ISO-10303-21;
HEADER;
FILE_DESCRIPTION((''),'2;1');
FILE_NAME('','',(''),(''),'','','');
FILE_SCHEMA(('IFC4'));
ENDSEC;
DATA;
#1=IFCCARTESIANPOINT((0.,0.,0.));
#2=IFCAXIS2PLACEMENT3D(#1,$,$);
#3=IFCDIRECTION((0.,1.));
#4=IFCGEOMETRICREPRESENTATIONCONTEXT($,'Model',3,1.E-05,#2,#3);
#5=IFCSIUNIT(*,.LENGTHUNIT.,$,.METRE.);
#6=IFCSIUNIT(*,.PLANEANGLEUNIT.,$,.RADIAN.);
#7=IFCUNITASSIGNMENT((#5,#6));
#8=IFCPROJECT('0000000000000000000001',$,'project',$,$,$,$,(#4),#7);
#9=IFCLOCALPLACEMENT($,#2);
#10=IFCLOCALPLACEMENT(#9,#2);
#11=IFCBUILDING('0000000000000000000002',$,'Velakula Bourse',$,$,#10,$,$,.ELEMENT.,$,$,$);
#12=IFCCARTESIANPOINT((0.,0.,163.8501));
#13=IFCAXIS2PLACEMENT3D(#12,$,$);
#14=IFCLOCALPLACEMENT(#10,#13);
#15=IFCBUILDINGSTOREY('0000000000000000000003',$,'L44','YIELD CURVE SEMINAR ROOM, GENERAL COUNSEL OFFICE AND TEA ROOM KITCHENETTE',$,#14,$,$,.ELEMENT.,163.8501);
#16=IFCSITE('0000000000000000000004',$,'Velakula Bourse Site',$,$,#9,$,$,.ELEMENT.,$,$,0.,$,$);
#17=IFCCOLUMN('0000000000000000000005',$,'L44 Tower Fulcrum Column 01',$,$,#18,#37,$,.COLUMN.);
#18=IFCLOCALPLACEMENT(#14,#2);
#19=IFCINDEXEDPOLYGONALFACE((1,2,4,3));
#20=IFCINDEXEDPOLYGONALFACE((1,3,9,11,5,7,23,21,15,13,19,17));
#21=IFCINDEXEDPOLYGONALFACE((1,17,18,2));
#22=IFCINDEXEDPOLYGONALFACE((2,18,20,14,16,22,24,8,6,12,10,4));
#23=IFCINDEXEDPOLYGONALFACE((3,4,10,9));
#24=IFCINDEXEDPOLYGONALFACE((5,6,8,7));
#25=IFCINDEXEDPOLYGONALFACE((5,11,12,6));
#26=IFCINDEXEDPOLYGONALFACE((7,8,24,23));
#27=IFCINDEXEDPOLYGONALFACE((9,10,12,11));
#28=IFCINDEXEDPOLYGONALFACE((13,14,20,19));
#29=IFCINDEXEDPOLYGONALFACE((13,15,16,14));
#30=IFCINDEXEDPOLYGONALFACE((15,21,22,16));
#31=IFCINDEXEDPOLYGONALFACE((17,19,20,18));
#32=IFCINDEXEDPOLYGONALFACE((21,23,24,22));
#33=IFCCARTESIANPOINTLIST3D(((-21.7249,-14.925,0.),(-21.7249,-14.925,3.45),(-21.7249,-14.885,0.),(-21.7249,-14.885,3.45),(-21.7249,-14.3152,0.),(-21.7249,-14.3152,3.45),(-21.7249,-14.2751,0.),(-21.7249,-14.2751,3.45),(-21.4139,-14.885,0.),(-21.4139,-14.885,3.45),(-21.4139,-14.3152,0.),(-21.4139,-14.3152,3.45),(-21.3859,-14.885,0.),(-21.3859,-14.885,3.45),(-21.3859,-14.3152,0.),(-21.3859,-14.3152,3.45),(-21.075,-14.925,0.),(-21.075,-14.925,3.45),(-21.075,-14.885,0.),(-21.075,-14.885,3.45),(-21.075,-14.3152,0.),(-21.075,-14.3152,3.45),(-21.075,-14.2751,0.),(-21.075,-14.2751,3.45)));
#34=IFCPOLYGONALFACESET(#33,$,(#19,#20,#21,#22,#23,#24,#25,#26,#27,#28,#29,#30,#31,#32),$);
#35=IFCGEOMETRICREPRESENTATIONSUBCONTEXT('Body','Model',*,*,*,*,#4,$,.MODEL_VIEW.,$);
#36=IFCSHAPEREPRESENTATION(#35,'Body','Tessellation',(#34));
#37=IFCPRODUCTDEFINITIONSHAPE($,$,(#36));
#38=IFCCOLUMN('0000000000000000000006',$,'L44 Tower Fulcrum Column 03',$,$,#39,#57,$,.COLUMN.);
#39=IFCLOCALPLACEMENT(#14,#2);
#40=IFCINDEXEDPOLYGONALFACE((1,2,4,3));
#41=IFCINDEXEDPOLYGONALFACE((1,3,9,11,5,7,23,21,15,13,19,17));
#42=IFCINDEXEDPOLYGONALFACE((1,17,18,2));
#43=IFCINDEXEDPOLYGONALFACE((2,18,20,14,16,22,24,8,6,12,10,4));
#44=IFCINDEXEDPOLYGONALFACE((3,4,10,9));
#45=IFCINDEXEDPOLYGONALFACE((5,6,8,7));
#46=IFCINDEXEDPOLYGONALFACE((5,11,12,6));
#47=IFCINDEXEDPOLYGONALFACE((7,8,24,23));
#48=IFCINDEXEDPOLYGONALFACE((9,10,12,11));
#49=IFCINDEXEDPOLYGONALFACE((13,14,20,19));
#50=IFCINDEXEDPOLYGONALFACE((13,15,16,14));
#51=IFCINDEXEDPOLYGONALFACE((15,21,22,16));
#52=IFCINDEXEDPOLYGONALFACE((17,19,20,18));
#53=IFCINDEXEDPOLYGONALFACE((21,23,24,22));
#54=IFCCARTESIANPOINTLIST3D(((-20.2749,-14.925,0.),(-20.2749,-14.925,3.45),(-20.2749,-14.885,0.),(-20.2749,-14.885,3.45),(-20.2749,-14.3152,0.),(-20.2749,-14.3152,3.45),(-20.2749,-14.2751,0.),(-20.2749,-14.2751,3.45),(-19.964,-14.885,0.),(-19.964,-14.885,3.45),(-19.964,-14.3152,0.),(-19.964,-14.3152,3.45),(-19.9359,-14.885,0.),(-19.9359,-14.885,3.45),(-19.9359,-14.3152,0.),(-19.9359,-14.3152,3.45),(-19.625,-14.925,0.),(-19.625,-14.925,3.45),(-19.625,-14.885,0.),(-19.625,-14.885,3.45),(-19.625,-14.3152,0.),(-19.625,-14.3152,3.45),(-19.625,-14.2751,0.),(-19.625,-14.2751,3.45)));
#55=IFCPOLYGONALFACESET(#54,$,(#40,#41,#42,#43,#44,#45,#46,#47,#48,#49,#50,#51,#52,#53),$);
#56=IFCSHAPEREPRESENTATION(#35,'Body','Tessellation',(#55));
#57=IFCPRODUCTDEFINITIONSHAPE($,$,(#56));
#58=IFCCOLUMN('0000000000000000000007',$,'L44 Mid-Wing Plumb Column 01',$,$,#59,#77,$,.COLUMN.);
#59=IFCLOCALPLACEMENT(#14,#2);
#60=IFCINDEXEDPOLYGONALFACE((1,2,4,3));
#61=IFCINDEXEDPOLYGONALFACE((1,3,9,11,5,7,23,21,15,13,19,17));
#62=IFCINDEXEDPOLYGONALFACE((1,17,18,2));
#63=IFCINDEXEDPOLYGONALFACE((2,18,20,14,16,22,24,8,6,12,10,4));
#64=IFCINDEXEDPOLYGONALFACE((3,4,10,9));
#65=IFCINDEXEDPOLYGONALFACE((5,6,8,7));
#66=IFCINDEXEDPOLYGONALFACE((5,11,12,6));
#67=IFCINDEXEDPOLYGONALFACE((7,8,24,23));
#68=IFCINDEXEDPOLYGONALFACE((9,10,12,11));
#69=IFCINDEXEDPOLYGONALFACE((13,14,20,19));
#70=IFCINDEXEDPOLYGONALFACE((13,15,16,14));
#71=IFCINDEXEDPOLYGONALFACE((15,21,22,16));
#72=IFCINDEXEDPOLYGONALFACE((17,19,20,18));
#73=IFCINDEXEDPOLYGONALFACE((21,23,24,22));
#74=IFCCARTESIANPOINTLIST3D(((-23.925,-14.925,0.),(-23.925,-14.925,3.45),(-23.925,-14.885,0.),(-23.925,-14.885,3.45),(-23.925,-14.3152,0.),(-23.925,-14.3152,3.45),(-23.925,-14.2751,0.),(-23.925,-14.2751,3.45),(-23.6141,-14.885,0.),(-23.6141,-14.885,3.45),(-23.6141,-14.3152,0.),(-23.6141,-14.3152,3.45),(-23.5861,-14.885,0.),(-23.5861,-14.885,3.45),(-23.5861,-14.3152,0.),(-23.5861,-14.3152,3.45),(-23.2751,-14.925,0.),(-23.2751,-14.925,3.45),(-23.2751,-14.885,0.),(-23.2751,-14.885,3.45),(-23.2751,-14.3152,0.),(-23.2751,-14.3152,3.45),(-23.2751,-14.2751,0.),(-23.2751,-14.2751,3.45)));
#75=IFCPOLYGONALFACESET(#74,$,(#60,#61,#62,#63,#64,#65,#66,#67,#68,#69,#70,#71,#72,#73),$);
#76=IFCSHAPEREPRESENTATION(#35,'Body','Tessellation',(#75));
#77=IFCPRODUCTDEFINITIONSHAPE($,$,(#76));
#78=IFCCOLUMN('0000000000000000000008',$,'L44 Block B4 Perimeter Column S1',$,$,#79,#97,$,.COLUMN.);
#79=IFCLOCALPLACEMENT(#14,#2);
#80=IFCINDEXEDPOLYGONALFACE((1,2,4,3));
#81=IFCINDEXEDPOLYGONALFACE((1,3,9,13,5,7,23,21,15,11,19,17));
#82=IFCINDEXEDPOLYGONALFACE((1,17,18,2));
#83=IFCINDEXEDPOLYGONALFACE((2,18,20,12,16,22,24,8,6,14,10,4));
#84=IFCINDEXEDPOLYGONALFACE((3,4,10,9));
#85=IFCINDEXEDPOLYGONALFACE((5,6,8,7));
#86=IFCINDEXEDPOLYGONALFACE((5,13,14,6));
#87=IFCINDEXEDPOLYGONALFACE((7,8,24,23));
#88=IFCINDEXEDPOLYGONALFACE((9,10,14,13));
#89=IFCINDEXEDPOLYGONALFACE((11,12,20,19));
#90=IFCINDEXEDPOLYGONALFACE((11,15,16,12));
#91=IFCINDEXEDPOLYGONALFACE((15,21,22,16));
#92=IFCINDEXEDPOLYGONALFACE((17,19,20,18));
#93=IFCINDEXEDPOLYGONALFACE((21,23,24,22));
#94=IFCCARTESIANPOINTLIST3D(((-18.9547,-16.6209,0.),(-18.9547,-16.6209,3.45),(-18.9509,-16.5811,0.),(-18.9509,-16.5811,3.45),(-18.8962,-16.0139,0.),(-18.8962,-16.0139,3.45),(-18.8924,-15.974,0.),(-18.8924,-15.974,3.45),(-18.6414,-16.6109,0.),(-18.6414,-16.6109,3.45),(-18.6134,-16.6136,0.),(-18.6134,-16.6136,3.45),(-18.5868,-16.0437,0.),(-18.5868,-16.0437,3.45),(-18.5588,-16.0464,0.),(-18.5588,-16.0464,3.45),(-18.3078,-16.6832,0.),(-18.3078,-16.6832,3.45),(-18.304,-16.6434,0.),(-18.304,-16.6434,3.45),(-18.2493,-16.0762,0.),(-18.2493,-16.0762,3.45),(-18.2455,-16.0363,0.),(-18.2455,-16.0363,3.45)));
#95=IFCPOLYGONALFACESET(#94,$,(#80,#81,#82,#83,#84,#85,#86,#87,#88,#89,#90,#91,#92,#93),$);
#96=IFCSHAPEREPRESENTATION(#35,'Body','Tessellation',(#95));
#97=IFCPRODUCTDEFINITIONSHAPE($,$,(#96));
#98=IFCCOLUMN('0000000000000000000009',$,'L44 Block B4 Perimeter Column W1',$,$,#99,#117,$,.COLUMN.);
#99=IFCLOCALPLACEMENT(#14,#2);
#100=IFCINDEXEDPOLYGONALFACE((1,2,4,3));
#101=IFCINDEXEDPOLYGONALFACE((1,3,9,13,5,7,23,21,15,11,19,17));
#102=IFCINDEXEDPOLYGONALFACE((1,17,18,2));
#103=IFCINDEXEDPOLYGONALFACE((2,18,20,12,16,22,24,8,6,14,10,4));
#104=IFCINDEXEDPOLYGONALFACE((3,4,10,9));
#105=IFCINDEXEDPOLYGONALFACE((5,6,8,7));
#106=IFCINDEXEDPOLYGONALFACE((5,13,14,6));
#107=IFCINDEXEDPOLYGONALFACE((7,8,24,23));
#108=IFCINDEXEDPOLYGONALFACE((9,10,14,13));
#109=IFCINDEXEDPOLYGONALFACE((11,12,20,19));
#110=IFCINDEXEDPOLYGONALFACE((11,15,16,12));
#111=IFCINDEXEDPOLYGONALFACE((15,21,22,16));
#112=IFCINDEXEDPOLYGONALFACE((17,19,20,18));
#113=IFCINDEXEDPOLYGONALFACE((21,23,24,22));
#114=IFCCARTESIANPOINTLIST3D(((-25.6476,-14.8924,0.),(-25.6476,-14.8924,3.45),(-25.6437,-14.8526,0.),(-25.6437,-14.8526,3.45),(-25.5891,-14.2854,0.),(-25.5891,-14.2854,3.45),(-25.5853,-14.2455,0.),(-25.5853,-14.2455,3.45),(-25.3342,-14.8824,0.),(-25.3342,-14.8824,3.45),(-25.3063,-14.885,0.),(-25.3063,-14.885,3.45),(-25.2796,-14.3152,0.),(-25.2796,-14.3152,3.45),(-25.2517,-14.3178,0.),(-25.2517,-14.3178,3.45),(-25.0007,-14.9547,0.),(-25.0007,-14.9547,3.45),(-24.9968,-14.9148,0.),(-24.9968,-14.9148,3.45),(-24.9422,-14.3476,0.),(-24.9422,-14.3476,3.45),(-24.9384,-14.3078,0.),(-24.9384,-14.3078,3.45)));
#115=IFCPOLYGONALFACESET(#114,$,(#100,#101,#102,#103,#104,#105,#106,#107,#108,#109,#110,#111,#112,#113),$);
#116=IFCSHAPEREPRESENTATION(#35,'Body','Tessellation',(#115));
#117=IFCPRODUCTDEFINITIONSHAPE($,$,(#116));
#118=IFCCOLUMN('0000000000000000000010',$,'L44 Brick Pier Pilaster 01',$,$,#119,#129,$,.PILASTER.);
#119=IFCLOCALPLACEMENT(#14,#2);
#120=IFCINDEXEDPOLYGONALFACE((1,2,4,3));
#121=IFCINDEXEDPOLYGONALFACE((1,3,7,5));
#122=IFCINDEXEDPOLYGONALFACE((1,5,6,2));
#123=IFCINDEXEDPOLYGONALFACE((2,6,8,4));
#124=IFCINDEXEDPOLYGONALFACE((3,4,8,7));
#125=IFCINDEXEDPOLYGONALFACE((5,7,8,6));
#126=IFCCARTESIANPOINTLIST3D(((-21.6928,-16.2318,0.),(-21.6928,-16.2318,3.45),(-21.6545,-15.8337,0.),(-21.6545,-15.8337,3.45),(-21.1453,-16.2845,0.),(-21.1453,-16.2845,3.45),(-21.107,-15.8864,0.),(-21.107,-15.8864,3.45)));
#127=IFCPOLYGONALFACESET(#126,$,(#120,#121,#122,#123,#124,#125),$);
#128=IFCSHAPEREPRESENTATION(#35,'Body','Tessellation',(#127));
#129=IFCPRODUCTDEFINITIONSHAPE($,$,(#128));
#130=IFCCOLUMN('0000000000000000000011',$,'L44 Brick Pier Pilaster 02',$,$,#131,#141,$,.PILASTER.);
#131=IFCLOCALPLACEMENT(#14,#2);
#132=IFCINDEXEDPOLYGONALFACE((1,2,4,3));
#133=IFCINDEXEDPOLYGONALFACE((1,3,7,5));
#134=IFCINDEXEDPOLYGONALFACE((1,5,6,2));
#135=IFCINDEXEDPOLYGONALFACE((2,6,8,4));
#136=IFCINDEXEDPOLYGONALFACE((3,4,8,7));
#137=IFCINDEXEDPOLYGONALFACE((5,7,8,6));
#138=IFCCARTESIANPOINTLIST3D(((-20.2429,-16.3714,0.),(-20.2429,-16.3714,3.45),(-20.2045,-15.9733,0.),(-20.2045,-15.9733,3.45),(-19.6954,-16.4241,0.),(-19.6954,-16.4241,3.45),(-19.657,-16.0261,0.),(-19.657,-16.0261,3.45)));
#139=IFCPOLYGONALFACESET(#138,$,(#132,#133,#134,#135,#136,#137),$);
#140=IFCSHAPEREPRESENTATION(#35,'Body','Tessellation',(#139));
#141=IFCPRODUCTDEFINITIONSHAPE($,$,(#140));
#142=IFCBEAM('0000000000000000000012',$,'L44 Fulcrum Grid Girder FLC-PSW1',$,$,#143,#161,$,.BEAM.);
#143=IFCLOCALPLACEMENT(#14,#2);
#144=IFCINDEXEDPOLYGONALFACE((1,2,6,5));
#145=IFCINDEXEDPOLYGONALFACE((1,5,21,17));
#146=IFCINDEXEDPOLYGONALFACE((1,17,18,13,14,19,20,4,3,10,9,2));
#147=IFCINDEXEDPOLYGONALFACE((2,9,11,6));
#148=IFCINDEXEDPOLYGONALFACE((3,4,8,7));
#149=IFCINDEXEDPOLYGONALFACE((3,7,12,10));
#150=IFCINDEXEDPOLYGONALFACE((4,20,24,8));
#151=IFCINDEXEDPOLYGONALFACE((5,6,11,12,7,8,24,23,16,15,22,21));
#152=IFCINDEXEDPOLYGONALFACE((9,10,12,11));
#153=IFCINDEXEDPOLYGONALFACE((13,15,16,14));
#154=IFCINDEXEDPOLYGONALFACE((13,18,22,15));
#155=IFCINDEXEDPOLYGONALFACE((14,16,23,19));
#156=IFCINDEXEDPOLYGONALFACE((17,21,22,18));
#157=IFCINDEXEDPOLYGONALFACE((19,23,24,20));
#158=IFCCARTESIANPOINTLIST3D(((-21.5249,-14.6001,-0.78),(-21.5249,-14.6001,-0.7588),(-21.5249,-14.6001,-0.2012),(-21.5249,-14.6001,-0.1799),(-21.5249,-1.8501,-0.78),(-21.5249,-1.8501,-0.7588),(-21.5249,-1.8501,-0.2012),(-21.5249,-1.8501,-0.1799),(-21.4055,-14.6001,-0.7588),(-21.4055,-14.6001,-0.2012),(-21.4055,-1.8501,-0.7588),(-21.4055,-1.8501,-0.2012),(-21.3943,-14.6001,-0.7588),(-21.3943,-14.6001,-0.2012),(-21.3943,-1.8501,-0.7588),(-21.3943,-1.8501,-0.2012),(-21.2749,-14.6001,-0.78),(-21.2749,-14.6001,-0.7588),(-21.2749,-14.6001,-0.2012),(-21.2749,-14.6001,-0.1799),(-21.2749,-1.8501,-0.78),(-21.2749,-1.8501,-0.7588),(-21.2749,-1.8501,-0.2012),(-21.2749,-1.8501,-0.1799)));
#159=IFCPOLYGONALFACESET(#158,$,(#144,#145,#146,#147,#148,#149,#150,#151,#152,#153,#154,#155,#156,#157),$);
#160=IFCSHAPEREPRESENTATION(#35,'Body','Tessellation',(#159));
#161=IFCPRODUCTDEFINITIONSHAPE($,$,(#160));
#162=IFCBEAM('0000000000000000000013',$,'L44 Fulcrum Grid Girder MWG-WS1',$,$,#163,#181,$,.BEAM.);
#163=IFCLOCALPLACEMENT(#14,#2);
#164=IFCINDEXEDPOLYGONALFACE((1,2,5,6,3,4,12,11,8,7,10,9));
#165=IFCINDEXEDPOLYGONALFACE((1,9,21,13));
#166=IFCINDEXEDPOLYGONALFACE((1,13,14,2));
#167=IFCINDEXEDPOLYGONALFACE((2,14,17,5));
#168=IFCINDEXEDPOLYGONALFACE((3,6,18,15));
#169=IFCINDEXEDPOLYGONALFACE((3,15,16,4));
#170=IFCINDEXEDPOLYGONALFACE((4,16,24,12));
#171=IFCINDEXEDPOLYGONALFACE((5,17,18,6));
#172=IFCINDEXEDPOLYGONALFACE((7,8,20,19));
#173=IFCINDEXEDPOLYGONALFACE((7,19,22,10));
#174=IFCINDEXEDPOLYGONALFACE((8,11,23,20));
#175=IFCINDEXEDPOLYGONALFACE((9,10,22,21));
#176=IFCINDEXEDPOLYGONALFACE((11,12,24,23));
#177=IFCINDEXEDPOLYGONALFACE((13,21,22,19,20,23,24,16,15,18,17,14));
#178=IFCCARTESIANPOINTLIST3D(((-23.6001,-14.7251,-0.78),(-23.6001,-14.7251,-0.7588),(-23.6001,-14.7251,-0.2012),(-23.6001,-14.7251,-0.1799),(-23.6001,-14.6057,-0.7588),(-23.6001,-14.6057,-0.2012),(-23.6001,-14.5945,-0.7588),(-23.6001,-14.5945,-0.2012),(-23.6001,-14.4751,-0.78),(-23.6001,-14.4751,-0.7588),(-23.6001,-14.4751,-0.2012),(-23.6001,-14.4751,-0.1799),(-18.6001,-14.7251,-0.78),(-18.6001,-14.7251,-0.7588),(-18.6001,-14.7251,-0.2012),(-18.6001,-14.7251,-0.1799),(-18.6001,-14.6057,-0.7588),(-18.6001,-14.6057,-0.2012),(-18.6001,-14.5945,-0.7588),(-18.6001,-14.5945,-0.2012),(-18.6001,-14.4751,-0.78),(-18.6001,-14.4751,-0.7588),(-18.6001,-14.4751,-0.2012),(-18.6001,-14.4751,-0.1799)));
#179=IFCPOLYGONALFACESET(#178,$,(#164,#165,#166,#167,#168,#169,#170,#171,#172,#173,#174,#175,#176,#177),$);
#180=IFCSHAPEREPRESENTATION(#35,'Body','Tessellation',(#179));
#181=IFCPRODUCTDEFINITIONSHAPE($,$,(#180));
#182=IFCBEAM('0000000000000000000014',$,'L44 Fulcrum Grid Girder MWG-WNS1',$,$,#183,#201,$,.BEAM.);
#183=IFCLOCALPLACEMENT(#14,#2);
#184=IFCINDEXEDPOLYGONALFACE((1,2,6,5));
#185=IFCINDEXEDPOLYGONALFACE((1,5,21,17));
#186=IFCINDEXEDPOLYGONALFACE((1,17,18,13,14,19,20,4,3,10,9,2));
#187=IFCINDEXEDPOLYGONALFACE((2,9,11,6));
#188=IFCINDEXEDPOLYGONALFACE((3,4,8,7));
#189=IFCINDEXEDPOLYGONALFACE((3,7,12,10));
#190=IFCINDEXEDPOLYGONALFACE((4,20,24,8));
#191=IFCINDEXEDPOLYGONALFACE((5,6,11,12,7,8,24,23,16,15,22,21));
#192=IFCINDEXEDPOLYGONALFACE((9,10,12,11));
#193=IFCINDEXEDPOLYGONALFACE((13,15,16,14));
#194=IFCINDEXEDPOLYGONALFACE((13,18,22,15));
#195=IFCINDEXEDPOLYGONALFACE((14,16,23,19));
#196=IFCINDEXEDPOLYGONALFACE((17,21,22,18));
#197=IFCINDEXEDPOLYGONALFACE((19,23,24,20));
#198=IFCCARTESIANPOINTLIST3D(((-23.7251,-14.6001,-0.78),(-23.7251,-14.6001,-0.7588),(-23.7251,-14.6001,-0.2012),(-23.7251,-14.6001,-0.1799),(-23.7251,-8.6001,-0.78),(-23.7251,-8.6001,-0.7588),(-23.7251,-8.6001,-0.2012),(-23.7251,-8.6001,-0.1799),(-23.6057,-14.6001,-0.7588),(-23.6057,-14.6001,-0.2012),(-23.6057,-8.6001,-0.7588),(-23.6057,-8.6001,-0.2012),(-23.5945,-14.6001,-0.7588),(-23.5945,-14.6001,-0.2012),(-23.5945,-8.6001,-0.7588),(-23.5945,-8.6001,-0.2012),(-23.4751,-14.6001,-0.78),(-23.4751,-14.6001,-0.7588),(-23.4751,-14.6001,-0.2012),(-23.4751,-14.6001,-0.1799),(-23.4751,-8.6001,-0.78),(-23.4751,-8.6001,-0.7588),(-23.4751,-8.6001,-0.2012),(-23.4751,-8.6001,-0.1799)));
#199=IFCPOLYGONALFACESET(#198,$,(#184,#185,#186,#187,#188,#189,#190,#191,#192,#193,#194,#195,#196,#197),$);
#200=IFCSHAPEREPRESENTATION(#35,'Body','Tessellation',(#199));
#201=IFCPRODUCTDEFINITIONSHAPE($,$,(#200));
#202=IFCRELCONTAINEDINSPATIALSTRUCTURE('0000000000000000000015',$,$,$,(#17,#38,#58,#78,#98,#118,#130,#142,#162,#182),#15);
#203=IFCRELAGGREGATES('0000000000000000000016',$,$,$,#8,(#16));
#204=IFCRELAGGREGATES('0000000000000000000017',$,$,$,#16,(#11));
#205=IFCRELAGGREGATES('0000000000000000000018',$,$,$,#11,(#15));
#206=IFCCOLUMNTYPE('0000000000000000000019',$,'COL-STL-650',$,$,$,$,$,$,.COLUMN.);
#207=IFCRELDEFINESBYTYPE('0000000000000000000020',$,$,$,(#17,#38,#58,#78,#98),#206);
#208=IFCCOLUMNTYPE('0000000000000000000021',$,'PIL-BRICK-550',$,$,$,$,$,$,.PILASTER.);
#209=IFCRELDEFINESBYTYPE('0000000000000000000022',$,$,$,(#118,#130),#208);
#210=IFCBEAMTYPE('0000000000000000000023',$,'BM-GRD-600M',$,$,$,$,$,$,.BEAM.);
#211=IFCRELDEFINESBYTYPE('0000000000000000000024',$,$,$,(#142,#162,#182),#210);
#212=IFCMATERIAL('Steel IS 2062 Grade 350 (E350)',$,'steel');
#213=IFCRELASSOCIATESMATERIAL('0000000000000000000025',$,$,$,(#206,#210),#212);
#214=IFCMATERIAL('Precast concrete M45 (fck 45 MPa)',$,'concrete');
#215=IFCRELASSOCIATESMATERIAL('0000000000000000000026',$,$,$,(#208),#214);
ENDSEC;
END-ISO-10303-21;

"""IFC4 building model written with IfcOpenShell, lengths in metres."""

from ifc_helpers import new_model, si_unit, direction, frame, origin, origin_2d, place, context, subcontext, project, spatial, rectangle, i_section, extrude, material, material_profile, profile_set, type_object, element, save


model = new_model("IFC4")

# Units and contexts
model_context = context("Model", 3, precision=1e-05, world=origin(), true_north=direction((0.0, 1.0)))
body_context = subcontext(model_context, "Body", "Model", "MODEL_VIEW")
ifc_project = project(units=[si_unit("LENGTHUNIT", "METRE"), si_unit("PLANEANGLEUNIT", "RADIAN")], contexts=[model_context])

# Site, building, storey
site_placement = place(None, origin())
site = spatial("IfcSite", under=ifc_project, at=site_placement, Name="Velakula Bourse Site", CompositionType="ELEMENT", RefElevation=0.0)
building_placement = place(site_placement, origin())
building = spatial("IfcBuilding", under=site, at=building_placement, Name="Velakula Bourse", CompositionType="ELEMENT")
storey_placement = place(building_placement, frame((0.0, 0.0, 163.8501)))
storey = spatial("IfcBuildingStorey", under=building, at=storey_placement, Name="L44", Description="YIELD CURVE SEMINAR ROOM, GENERAL COUNSEL OFFICE AND TEA ROOM KITCHENETTE", CompositionType="ELEMENT", Elevation=163.8501)

# Columns
ifc_material_1 = material(Name="Steel IS 2062 Grade 350 (E350)", Category="steel")
ifc_material_profile_1 = material_profile(ifc_material_1, i_section(OverallWidth=0.6499, OverallDepth=0.6499, WebThickness=0.0281, FlangeThickness=0.04, at=origin_2d()), Name="Steel IS 2062 Grade 350 (E350)")
ifc_profile_set_1 = profile_set([ifc_material_profile_1], Name="Steel IS 2062 Grade 350 (E350)")
column_type_1 = type_object("IfcColumnType", Name="COL-STL-650", PredefinedType="COLUMN", material=ifc_profile_set_1)
for number, where, z_axis, x_axis, name in (
    (1, (-21.3999, -14.6001, 0.0), (0.0, 0.0, 1.0), (1.0, 0.0, 0.0), "L44 Tower Fulcrum Column 01"),
    (2, (-19.95, -14.6001, 0.0), (0.0, 0.0, 1.0), (1.0, 0.0, 0.0), "L44 Tower Fulcrum Column 03"),
    (3, (-23.6001, -14.6001, 0.0), (0.0, 0.0, 1.0), (1.0, 0.0, 0.0), "L44 Mid-Wing Plumb Column 01"),
    (4, (-18.6001, -16.3286, 0.0), (0.0, 0.0, 1.0), (0.995396, -0.095846, 0.0), "L44 Block B4 Perimeter Column S1"),
    (5, (-25.293, -14.6001, 0.0), (0.0, 0.0, 1.0), (0.995396, -0.095846, 0.0), "L44 Block B4 Perimeter Column W1"),
):
    element("IfcColumn", number, at=place(storey_placement, frame(where, z_axis=z_axis, x_axis=x_axis)), inside=storey, type_object=column_type_1, Name=name, PredefinedType="COLUMN", context=body_context, shape_type="SweptSolid", body=[
        extrude(i_section(OverallWidth=0.6499, OverallDepth=0.6499, WebThickness=0.0281, FlangeThickness=0.04, at=origin_2d()), origin(), (0.0, 0.0, 1.0), 3.45),
    ])
ifc_material_2 = material(Name="Precast concrete M45 (fck 45 MPa)", Category="concrete")
ifc_material_profile_2 = material_profile(ifc_material_2, rectangle(XDim=0.55, YDim=0.3999, at=origin_2d()), Name="Precast concrete M45 (fck 45 MPa)")
ifc_profile_set_2 = profile_set([ifc_material_profile_2], Name="Precast concrete M45 (fck 45 MPa)")
column_type_2 = type_object("IfcColumnType", Name="PIL-BRICK-550", PredefinedType="PILASTER", material=ifc_profile_set_2)
for number, where, z_axis, x_axis, name in (
    (6, (-21.3999, -16.0591, 0.0), (0.0, 0.0, 1.0), (0.995396, -0.095846, 0.0), "L44 Brick Pier Pilaster 01"),
    (7, (-19.95, -16.1987, 0.0), (0.0, 0.0, 1.0), (0.995396, -0.095846, 0.0), "L44 Brick Pier Pilaster 02"),
):
    element("IfcColumn", number, at=place(storey_placement, frame(where, z_axis=z_axis, x_axis=x_axis)), inside=storey, type_object=column_type_2, Name=name, PredefinedType="PILASTER", context=body_context, shape_type="SweptSolid", body=[
        extrude(rectangle(XDim=0.55, YDim=0.3999, at=origin_2d()), origin(), (0.0, 0.0, 1.0), 3.45),
    ])

# Beams
ifc_material_profile_3 = material_profile(ifc_material_1, i_section(OverallWidth=0.25, OverallDepth=0.6001, WebThickness=0.0112, FlangeThickness=0.0212, at=origin_2d()), Name="Steel IS 2062 Grade 350 (E350)")
ifc_profile_set_3 = profile_set([ifc_material_profile_3], Name="Steel IS 2062 Grade 350 (E350)")
beam_type_1 = type_object("IfcBeamType", Name="BM-GRD-600M", PredefinedType="BEAM", material=ifc_profile_set_3)
beam_1_placement = place(storey_placement, frame((-21.3999, -14.6001, -0.48), z_axis=(0.0, 1.0, 0.0), x_axis=(-1.0, 0.0, 0.0)))
element("IfcBeam", 8, at=beam_1_placement, inside=storey, type_object=beam_type_1, Name="L44 Fulcrum Grid Girder FLC-PSW1", PredefinedType="BEAM", context=body_context, shape_type="SweptSolid", body=[
    extrude(i_section(OverallWidth=0.25, OverallDepth=0.6001, WebThickness=0.0112, FlangeThickness=0.0212, at=origin_2d()), origin(), (0.0, 0.0, 1.0), 12.75),
])
beam_2_placement = place(storey_placement, frame((-23.6001, -14.6001, -0.48), z_axis=(1.0, 0.0, 0.0), x_axis=(0.0, 1.0, 0.0)))
element("IfcBeam", 9, at=beam_2_placement, inside=storey, type_object=beam_type_1, Name="L44 Fulcrum Grid Girder MWG-WS1", PredefinedType="BEAM", context=body_context, shape_type="SweptSolid", body=[
    extrude(i_section(OverallWidth=0.25, OverallDepth=0.6001, WebThickness=0.0112, FlangeThickness=0.0212, at=origin_2d()), origin(), (0.0, 0.0, 1.0), 5.0),
])
beam_3_placement = place(storey_placement, frame((-23.6001, -14.6001, -0.48), z_axis=(0.0, 1.0, 0.0), x_axis=(-1.0, 0.0, 0.0)))
element("IfcBeam", 10, at=beam_3_placement, inside=storey, type_object=beam_type_1, Name="L44 Fulcrum Grid Girder MWG-WNS1", PredefinedType="BEAM", context=body_context, shape_type="SweptSolid", body=[
    extrude(i_section(OverallWidth=0.25, OverallDepth=0.6001, WebThickness=0.0112, FlangeThickness=0.0212, at=origin_2d()), origin(), (0.0, 0.0, 1.0), 6.0),
])

save(model, "model.ifc")
